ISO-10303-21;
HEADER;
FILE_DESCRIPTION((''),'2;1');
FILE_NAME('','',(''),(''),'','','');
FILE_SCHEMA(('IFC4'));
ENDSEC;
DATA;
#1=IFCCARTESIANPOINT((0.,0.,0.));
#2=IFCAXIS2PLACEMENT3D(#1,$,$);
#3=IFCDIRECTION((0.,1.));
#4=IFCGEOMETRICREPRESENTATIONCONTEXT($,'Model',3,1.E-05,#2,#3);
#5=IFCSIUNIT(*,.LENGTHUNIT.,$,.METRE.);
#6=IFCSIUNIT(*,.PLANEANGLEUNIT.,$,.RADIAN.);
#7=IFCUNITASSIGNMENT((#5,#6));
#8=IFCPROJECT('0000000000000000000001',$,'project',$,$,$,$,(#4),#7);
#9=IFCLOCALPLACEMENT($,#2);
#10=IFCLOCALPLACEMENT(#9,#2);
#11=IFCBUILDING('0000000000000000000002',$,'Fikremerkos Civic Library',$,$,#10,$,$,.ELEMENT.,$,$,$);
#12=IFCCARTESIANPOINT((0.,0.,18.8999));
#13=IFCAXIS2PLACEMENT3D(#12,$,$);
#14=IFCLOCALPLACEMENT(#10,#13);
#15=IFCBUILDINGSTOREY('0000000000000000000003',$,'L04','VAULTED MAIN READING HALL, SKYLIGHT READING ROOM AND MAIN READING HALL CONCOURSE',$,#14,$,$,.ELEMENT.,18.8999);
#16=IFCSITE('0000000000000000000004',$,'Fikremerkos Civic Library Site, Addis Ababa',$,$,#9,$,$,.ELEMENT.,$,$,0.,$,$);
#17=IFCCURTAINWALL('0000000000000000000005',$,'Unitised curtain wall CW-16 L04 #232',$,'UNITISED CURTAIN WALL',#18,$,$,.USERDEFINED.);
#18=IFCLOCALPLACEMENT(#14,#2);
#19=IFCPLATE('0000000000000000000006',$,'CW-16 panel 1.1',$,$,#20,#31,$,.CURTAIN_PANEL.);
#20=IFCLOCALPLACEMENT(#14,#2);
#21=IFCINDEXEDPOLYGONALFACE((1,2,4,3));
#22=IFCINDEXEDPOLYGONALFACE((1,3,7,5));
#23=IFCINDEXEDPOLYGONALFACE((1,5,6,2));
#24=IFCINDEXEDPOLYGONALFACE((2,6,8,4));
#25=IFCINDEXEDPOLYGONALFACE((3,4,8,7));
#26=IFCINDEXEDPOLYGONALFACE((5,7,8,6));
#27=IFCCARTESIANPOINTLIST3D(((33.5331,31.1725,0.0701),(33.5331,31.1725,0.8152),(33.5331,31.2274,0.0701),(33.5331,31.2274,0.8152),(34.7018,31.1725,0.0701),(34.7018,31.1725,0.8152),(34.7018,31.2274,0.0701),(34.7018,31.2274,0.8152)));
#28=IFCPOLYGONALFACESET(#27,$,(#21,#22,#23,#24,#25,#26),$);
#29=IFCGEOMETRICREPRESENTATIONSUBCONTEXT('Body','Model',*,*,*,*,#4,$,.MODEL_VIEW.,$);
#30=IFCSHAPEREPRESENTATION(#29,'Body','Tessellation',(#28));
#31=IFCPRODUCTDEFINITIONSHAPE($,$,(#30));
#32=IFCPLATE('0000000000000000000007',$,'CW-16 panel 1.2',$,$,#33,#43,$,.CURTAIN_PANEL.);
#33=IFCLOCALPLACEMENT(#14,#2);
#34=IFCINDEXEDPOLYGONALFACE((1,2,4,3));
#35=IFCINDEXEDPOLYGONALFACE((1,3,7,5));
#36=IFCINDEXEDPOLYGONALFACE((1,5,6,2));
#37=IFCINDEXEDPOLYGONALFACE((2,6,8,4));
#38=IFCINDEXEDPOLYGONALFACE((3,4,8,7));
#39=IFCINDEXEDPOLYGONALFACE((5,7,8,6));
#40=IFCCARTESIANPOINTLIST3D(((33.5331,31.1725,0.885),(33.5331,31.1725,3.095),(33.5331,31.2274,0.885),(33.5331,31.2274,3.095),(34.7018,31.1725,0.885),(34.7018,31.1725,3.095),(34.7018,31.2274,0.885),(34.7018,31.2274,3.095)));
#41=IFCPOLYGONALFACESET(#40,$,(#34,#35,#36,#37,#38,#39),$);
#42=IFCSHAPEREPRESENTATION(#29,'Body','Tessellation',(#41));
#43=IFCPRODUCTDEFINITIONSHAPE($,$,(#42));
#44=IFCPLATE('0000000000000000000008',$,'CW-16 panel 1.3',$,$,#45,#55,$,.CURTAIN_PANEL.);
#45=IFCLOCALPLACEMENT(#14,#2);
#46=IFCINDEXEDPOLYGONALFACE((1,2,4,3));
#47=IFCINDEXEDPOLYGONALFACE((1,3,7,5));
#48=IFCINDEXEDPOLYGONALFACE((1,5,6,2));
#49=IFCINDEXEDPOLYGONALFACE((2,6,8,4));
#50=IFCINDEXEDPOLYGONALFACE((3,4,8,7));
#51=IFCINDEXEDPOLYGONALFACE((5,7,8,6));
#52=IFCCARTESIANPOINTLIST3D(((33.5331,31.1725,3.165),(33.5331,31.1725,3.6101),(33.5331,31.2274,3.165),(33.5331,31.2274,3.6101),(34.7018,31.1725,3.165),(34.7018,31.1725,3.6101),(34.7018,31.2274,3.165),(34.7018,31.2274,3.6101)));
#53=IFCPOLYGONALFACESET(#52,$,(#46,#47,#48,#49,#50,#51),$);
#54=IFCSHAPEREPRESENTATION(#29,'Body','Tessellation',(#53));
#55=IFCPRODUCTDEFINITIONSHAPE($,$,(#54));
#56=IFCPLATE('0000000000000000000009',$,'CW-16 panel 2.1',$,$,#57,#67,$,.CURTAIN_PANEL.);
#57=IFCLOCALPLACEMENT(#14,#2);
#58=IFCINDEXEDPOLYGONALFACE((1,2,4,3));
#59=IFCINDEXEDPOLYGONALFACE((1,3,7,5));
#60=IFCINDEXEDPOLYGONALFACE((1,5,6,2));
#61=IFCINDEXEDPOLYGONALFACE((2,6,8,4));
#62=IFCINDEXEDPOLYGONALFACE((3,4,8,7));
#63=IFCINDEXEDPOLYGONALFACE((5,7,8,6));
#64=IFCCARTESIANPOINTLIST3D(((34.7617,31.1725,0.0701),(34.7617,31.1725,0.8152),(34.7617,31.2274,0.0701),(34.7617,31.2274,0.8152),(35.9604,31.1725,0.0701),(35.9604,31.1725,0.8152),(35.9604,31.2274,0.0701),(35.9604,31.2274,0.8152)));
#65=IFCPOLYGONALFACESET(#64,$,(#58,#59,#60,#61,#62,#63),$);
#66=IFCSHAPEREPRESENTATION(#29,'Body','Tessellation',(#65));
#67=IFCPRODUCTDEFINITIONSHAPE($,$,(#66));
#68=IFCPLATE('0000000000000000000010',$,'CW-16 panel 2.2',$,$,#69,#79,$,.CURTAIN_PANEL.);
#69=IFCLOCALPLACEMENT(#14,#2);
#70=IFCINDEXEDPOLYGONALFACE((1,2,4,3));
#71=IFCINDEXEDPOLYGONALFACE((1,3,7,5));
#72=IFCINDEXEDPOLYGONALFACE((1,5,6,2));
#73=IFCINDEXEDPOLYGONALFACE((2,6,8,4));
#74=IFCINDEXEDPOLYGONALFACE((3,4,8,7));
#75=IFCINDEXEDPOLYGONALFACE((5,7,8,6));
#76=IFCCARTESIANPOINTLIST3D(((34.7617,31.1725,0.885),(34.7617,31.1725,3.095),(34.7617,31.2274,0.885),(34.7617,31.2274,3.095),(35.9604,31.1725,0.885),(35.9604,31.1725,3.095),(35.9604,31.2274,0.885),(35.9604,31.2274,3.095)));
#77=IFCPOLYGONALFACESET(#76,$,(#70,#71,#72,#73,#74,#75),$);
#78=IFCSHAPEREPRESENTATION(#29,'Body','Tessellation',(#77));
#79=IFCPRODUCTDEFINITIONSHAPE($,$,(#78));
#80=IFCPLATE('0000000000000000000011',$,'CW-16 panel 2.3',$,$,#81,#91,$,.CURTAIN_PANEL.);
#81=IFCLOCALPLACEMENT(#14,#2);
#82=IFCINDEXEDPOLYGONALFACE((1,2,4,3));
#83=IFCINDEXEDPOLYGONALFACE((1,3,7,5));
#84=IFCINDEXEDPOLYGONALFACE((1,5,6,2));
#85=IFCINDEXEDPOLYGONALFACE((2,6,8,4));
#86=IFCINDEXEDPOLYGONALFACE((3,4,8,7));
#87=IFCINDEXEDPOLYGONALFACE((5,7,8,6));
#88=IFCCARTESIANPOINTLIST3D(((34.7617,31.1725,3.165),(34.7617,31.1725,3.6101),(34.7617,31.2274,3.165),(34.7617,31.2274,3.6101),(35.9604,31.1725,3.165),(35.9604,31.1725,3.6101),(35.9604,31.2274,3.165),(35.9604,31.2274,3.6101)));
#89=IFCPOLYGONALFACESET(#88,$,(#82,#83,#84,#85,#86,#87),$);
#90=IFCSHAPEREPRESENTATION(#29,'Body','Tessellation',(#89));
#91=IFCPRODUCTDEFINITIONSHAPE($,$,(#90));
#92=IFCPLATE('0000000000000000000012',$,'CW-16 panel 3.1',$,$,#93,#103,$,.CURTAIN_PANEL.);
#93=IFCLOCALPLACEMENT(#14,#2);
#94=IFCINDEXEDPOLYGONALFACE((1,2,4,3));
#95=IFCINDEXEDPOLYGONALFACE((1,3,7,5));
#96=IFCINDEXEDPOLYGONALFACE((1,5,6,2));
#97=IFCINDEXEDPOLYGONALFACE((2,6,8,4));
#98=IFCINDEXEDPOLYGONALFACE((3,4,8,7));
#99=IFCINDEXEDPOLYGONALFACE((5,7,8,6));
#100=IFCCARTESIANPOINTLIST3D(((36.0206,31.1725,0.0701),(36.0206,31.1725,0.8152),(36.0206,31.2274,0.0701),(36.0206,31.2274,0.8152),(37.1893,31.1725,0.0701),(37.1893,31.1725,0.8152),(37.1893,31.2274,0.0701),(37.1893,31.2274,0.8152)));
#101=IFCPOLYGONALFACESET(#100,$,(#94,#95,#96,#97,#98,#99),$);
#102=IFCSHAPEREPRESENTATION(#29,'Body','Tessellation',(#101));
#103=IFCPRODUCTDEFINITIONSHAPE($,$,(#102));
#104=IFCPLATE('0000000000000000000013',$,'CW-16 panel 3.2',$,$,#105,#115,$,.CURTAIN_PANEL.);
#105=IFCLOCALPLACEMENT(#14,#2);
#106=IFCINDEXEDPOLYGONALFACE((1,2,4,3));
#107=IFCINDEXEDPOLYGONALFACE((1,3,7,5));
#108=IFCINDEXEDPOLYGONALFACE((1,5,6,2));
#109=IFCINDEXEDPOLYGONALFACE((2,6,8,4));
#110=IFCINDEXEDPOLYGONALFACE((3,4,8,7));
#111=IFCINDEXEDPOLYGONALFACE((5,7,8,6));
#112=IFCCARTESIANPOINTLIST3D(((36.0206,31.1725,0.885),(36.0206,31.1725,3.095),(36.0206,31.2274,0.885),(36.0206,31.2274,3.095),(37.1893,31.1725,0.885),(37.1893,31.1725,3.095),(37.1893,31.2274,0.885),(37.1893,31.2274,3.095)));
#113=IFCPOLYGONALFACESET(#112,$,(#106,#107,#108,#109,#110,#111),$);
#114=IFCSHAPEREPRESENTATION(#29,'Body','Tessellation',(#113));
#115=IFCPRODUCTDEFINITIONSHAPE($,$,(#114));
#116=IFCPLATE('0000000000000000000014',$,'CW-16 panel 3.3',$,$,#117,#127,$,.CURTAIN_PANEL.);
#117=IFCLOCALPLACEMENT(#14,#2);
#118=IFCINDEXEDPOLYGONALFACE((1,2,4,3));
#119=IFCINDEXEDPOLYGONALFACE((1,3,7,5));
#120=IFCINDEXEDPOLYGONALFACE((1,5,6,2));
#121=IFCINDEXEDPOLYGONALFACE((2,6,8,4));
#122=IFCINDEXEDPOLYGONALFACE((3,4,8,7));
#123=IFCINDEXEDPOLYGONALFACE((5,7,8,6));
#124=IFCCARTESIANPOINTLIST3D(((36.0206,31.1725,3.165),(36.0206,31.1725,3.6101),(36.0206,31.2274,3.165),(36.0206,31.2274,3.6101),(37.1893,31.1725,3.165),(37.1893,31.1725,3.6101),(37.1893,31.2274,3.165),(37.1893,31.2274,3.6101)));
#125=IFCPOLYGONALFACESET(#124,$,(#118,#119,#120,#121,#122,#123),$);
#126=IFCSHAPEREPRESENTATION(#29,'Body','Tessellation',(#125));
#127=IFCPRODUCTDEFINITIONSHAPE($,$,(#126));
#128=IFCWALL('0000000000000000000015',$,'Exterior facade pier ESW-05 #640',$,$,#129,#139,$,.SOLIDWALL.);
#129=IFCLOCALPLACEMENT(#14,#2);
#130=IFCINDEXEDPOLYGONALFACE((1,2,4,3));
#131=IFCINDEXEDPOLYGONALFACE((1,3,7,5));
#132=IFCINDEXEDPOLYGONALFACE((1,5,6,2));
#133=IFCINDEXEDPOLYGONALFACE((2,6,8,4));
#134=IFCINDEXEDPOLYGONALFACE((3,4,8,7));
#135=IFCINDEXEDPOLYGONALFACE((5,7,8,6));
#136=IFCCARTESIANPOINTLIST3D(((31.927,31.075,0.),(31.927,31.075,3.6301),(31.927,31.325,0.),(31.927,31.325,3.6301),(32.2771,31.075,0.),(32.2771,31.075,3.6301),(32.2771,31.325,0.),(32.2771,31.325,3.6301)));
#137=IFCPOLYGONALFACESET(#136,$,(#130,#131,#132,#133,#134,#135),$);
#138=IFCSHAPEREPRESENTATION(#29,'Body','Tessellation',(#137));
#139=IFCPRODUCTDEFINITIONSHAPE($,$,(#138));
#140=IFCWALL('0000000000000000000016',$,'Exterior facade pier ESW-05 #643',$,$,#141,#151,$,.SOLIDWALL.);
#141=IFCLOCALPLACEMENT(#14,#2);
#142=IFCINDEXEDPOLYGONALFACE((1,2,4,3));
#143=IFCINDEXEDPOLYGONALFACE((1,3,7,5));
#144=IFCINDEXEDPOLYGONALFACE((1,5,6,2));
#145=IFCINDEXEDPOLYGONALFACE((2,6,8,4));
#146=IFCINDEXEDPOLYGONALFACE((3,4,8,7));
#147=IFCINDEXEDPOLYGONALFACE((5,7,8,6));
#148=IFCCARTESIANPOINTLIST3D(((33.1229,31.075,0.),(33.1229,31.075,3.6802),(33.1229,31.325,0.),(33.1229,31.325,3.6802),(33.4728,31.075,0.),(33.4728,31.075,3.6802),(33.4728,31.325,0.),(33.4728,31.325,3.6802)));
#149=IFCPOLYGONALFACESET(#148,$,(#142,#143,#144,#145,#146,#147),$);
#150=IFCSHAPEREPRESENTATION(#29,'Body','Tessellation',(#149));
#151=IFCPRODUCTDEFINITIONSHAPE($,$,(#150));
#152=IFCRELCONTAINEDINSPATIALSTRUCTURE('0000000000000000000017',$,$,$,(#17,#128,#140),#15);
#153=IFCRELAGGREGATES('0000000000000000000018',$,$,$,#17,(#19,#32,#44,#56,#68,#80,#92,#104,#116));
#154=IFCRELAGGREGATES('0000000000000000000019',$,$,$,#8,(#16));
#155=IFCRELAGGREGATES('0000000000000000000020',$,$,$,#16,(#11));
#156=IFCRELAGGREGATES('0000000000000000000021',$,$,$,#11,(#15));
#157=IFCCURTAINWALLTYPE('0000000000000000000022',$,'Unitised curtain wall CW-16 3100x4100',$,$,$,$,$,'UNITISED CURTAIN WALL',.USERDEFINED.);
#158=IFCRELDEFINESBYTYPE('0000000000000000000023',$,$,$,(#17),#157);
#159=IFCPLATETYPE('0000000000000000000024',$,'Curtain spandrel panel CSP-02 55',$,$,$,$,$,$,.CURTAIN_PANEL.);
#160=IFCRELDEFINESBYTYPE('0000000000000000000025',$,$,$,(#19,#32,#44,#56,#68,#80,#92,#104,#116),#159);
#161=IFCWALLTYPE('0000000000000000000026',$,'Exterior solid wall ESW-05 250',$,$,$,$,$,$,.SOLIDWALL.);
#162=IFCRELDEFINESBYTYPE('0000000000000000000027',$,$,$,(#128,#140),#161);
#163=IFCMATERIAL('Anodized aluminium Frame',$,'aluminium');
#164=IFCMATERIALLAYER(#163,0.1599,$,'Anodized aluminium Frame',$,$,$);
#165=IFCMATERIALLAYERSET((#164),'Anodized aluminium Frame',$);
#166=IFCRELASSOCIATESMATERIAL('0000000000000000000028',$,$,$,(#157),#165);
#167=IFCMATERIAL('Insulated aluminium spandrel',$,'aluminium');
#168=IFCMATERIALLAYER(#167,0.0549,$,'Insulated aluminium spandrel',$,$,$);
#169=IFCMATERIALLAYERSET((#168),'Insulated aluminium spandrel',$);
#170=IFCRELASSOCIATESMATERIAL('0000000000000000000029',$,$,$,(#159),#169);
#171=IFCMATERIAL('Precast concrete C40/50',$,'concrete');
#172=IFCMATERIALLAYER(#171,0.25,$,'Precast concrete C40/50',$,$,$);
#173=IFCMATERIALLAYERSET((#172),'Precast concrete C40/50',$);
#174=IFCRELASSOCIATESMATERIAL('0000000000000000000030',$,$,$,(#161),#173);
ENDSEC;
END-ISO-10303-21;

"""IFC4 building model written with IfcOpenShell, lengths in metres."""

from ifc_helpers import new_model, si_unit, direction, frame, frame_2d, origin, origin_2d, place, context, subcontext, project, spatial, rectangle, extrude, material, layer, layer_set, type_object, element, aggregate, save


model = new_model("IFC4")

# Units and contexts
model_context = context("Model", 3, precision=1e-05, world=origin(), true_north=direction((0.0, 1.0)))
body_context = subcontext(model_context, "Body", "Model", "MODEL_VIEW")
ifc_project = project(units=[si_unit("LENGTHUNIT", "METRE"), si_unit("PLANEANGLEUNIT", "RADIAN")], contexts=[model_context])

# Site, building, storey
site_placement = place(None, origin())
site = spatial("IfcSite", under=ifc_project, at=site_placement, Name="Fikremerkos Civic Library Site, Addis Ababa", CompositionType="ELEMENT", RefElevation=0.0)
building_placement = place(site_placement, origin())
building = spatial("IfcBuilding", under=site, at=building_placement, Name="Fikremerkos Civic Library", CompositionType="ELEMENT")
storey_placement = place(building_placement, frame((0.0, 0.0, 18.8999)))
storey = spatial("IfcBuildingStorey", under=building, at=storey_placement, Name="L04", Description="VAULTED MAIN READING HALL, SKYLIGHT READING ROOM AND MAIN READING HALL CONCOURSE", CompositionType="ELEMENT", Elevation=18.8999)

# Curtain wall
ifc_material_1 = material(Name="Anodized aluminium Frame", Category="aluminium")
ifc_layer_1 = layer(ifc_material_1, 0.1599, Name="Anodized aluminium Frame")
ifc_layer_set_1 = layer_set([ifc_layer_1], Name="Anodized aluminium Frame")
curtain_wall_type_1 = type_object("IfcCurtainWallType", Name="Unitised curtain wall CW-16 3100x4100", ElementType="UNITISED CURTAIN WALL", PredefinedType="USERDEFINED", material=ifc_layer_set_1)
curtain_wall_1_placement = place(storey_placement, origin())
curtain_wall_1 = element("IfcCurtainWall", 1, at=curtain_wall_1_placement, inside=storey, type_object=curtain_wall_type_1, Name="Unitised curtain wall CW-16 L04 #232", ObjectType="UNITISED CURTAIN WALL", PredefinedType="USERDEFINED")

# Plates
ifc_material_2 = material(Name="Insulated aluminium spandrel", Category="aluminium")
ifc_layer_2 = layer(ifc_material_2, 0.0549, Name="Insulated aluminium spandrel")
ifc_layer_set_2 = layer_set([ifc_layer_2], Name="Insulated aluminium spandrel")
plate_type_1 = type_object("IfcPlateType", Name="Curtain spandrel panel CSP-02 55", PredefinedType="CURTAIN_PANEL", material=ifc_layer_set_2)
plate_1_placement = place(storey_placement, frame((34.1174, 31.2, 0.0701), z_axis=(0.0, 0.0, 1.0), x_axis=(1.0, 0.0, 0.0)))
plate_1 = element("IfcPlate", 2, at=plate_1_placement, type_object=plate_type_1, Name="CW-16 panel 1.1", PredefinedType="CURTAIN_PANEL", context=body_context, shape_type="SweptSolid", body=[
    extrude(rectangle(XDim=1.1687, YDim=0.0549, at=origin_2d()), origin(), (0.0, 0.0, 1.0), 0.7451),
])
plate_2_placement = place(storey_placement, frame((34.1174, 31.2, 0.885), z_axis=(0.0, 0.0, 1.0), x_axis=(1.0, 0.0, 0.0)))
plate_2 = element("IfcPlate", 3, at=plate_2_placement, type_object=plate_type_1, Name="CW-16 panel 1.2", PredefinedType="CURTAIN_PANEL", context=body_context, shape_type="SweptSolid", body=[
    extrude(rectangle(XDim=1.1687, YDim=0.0549, at=origin_2d()), origin(), (0.0, 0.0, 1.0), 2.21),
])
plate_3_placement = place(storey_placement, frame((34.1174, 31.2, 3.165), z_axis=(0.0, 0.0, 1.0), x_axis=(1.0, 0.0, 0.0)))
plate_3 = element("IfcPlate", 4, at=plate_3_placement, type_object=plate_type_1, Name="CW-16 panel 1.3", PredefinedType="CURTAIN_PANEL", context=body_context, shape_type="SweptSolid", body=[
    extrude(rectangle(XDim=1.1687, YDim=0.0549, at=origin_2d()), origin(), (0.0, 0.0, 1.0), 0.4451),
])
plate_4_placement = place(storey_placement, frame((35.3611, 31.2, 0.0701), z_axis=(0.0, 0.0, 1.0), x_axis=(1.0, 0.0, 0.0)))
plate_4 = element("IfcPlate", 5, at=plate_4_placement, type_object=plate_type_1, Name="CW-16 panel 2.1", PredefinedType="CURTAIN_PANEL", context=body_context, shape_type="SweptSolid", body=[
    extrude(rectangle(XDim=1.1987, YDim=0.0549, at=origin_2d()), origin(), (0.0, 0.0, 1.0), 0.7451),
])
plate_5_placement = place(storey_placement, frame((35.3611, 31.2, 0.885), z_axis=(0.0, 0.0, 1.0), x_axis=(1.0, 0.0, 0.0)))
plate_5 = element("IfcPlate", 6, at=plate_5_placement, type_object=plate_type_1, Name="CW-16 panel 2.2", PredefinedType="CURTAIN_PANEL", context=body_context, shape_type="SweptSolid", body=[
    extrude(rectangle(XDim=1.1987, YDim=0.0549, at=origin_2d()), origin(), (0.0, 0.0, 1.0), 2.21),
])
plate_6_placement = place(storey_placement, frame((35.3611, 31.2, 3.165), z_axis=(0.0, 0.0, 1.0), x_axis=(1.0, 0.0, 0.0)))
plate_6 = element("IfcPlate", 7, at=plate_6_placement, type_object=plate_type_1, Name="CW-16 panel 2.3", PredefinedType="CURTAIN_PANEL", context=body_context, shape_type="SweptSolid", body=[
    extrude(rectangle(XDim=1.1987, YDim=0.0549, at=origin_2d()), origin(), (0.0, 0.0, 1.0), 0.4451),
])
plate_7_placement = place(storey_placement, frame((36.605, 31.2, 0.0701), z_axis=(0.0, 0.0, 1.0), x_axis=(1.0, 0.0, 0.0)))
plate_7 = element("IfcPlate", 8, at=plate_7_placement, type_object=plate_type_1, Name="CW-16 panel 3.1", PredefinedType="CURTAIN_PANEL", context=body_context, shape_type="SweptSolid", body=[
    extrude(rectangle(XDim=1.1687, YDim=0.0549, at=origin_2d()), origin(), (0.0, 0.0, 1.0), 0.7451),
])
plate_8_placement = place(storey_placement, frame((36.605, 31.2, 0.885), z_axis=(0.0, 0.0, 1.0), x_axis=(1.0, 0.0, 0.0)))
plate_8 = element("IfcPlate", 9, at=plate_8_placement, type_object=plate_type_1, Name="CW-16 panel 3.2", PredefinedType="CURTAIN_PANEL", context=body_context, shape_type="SweptSolid", body=[
    extrude(rectangle(XDim=1.1687, YDim=0.0549, at=origin_2d()), origin(), (0.0, 0.0, 1.0), 2.21),
])
plate_9_placement = place(storey_placement, frame((36.605, 31.2, 3.165), z_axis=(0.0, 0.0, 1.0), x_axis=(1.0, 0.0, 0.0)))
plate_9 = element("IfcPlate", 10, at=plate_9_placement, type_object=plate_type_1, Name="CW-16 panel 3.3", PredefinedType="CURTAIN_PANEL", context=body_context, shape_type="SweptSolid", body=[
    extrude(rectangle(XDim=1.1687, YDim=0.0549, at=origin_2d()), origin(), (0.0, 0.0, 1.0), 0.4451),
])
aggregate(curtain_wall_1, [plate_1, plate_2, plate_3, plate_4, plate_5, plate_6, plate_7, plate_8, plate_9])

# Walls
ifc_material_3 = material(Name="Precast concrete C40/50", Category="concrete")
ifc_layer_3 = layer(ifc_material_3, 0.25, Name="Precast concrete C40/50")
ifc_layer_set_3 = layer_set([ifc_layer_3], Name="Precast concrete C40/50")
wall_type = type_object("IfcWallType", Name="Exterior solid wall ESW-05 250", PredefinedType="SOLIDWALL", material=ifc_layer_set_3)
wall_1_placement = place(storey_placement, frame((31.927, 31.2, 0.0), z_axis=(0.0, 0.0, 1.0), x_axis=(1.0, 0.0, 0.0)))
element("IfcWall", 11, at=wall_1_placement, inside=storey, type_object=wall_type, Name="Exterior facade pier ESW-05 #640", PredefinedType="SOLIDWALL", context=body_context, shape_type="SweptSolid", body=[
    extrude(rectangle(XDim=0.3501, YDim=0.25, at=frame_2d((0.175, 0.0))), origin(), (0.0, 0.0, 1.0), 3.6301),
])
wall_2_placement = place(storey_placement, frame((33.123, 31.2, 0.0), z_axis=(0.0, 0.0, 1.0), x_axis=(1.0, 0.0, 0.0)))
element("IfcWall", 12, at=wall_2_placement, inside=storey, type_object=wall_type, Name="Exterior facade pier ESW-05 #643", PredefinedType="SOLIDWALL", context=body_context, shape_type="SweptSolid", body=[
    extrude(rectangle(XDim=0.3499, YDim=0.25, at=frame_2d((0.1748, 0.0))), origin(), (0.0, 0.0, 1.0), 3.6802),
])

save(model, "model.ifc")
